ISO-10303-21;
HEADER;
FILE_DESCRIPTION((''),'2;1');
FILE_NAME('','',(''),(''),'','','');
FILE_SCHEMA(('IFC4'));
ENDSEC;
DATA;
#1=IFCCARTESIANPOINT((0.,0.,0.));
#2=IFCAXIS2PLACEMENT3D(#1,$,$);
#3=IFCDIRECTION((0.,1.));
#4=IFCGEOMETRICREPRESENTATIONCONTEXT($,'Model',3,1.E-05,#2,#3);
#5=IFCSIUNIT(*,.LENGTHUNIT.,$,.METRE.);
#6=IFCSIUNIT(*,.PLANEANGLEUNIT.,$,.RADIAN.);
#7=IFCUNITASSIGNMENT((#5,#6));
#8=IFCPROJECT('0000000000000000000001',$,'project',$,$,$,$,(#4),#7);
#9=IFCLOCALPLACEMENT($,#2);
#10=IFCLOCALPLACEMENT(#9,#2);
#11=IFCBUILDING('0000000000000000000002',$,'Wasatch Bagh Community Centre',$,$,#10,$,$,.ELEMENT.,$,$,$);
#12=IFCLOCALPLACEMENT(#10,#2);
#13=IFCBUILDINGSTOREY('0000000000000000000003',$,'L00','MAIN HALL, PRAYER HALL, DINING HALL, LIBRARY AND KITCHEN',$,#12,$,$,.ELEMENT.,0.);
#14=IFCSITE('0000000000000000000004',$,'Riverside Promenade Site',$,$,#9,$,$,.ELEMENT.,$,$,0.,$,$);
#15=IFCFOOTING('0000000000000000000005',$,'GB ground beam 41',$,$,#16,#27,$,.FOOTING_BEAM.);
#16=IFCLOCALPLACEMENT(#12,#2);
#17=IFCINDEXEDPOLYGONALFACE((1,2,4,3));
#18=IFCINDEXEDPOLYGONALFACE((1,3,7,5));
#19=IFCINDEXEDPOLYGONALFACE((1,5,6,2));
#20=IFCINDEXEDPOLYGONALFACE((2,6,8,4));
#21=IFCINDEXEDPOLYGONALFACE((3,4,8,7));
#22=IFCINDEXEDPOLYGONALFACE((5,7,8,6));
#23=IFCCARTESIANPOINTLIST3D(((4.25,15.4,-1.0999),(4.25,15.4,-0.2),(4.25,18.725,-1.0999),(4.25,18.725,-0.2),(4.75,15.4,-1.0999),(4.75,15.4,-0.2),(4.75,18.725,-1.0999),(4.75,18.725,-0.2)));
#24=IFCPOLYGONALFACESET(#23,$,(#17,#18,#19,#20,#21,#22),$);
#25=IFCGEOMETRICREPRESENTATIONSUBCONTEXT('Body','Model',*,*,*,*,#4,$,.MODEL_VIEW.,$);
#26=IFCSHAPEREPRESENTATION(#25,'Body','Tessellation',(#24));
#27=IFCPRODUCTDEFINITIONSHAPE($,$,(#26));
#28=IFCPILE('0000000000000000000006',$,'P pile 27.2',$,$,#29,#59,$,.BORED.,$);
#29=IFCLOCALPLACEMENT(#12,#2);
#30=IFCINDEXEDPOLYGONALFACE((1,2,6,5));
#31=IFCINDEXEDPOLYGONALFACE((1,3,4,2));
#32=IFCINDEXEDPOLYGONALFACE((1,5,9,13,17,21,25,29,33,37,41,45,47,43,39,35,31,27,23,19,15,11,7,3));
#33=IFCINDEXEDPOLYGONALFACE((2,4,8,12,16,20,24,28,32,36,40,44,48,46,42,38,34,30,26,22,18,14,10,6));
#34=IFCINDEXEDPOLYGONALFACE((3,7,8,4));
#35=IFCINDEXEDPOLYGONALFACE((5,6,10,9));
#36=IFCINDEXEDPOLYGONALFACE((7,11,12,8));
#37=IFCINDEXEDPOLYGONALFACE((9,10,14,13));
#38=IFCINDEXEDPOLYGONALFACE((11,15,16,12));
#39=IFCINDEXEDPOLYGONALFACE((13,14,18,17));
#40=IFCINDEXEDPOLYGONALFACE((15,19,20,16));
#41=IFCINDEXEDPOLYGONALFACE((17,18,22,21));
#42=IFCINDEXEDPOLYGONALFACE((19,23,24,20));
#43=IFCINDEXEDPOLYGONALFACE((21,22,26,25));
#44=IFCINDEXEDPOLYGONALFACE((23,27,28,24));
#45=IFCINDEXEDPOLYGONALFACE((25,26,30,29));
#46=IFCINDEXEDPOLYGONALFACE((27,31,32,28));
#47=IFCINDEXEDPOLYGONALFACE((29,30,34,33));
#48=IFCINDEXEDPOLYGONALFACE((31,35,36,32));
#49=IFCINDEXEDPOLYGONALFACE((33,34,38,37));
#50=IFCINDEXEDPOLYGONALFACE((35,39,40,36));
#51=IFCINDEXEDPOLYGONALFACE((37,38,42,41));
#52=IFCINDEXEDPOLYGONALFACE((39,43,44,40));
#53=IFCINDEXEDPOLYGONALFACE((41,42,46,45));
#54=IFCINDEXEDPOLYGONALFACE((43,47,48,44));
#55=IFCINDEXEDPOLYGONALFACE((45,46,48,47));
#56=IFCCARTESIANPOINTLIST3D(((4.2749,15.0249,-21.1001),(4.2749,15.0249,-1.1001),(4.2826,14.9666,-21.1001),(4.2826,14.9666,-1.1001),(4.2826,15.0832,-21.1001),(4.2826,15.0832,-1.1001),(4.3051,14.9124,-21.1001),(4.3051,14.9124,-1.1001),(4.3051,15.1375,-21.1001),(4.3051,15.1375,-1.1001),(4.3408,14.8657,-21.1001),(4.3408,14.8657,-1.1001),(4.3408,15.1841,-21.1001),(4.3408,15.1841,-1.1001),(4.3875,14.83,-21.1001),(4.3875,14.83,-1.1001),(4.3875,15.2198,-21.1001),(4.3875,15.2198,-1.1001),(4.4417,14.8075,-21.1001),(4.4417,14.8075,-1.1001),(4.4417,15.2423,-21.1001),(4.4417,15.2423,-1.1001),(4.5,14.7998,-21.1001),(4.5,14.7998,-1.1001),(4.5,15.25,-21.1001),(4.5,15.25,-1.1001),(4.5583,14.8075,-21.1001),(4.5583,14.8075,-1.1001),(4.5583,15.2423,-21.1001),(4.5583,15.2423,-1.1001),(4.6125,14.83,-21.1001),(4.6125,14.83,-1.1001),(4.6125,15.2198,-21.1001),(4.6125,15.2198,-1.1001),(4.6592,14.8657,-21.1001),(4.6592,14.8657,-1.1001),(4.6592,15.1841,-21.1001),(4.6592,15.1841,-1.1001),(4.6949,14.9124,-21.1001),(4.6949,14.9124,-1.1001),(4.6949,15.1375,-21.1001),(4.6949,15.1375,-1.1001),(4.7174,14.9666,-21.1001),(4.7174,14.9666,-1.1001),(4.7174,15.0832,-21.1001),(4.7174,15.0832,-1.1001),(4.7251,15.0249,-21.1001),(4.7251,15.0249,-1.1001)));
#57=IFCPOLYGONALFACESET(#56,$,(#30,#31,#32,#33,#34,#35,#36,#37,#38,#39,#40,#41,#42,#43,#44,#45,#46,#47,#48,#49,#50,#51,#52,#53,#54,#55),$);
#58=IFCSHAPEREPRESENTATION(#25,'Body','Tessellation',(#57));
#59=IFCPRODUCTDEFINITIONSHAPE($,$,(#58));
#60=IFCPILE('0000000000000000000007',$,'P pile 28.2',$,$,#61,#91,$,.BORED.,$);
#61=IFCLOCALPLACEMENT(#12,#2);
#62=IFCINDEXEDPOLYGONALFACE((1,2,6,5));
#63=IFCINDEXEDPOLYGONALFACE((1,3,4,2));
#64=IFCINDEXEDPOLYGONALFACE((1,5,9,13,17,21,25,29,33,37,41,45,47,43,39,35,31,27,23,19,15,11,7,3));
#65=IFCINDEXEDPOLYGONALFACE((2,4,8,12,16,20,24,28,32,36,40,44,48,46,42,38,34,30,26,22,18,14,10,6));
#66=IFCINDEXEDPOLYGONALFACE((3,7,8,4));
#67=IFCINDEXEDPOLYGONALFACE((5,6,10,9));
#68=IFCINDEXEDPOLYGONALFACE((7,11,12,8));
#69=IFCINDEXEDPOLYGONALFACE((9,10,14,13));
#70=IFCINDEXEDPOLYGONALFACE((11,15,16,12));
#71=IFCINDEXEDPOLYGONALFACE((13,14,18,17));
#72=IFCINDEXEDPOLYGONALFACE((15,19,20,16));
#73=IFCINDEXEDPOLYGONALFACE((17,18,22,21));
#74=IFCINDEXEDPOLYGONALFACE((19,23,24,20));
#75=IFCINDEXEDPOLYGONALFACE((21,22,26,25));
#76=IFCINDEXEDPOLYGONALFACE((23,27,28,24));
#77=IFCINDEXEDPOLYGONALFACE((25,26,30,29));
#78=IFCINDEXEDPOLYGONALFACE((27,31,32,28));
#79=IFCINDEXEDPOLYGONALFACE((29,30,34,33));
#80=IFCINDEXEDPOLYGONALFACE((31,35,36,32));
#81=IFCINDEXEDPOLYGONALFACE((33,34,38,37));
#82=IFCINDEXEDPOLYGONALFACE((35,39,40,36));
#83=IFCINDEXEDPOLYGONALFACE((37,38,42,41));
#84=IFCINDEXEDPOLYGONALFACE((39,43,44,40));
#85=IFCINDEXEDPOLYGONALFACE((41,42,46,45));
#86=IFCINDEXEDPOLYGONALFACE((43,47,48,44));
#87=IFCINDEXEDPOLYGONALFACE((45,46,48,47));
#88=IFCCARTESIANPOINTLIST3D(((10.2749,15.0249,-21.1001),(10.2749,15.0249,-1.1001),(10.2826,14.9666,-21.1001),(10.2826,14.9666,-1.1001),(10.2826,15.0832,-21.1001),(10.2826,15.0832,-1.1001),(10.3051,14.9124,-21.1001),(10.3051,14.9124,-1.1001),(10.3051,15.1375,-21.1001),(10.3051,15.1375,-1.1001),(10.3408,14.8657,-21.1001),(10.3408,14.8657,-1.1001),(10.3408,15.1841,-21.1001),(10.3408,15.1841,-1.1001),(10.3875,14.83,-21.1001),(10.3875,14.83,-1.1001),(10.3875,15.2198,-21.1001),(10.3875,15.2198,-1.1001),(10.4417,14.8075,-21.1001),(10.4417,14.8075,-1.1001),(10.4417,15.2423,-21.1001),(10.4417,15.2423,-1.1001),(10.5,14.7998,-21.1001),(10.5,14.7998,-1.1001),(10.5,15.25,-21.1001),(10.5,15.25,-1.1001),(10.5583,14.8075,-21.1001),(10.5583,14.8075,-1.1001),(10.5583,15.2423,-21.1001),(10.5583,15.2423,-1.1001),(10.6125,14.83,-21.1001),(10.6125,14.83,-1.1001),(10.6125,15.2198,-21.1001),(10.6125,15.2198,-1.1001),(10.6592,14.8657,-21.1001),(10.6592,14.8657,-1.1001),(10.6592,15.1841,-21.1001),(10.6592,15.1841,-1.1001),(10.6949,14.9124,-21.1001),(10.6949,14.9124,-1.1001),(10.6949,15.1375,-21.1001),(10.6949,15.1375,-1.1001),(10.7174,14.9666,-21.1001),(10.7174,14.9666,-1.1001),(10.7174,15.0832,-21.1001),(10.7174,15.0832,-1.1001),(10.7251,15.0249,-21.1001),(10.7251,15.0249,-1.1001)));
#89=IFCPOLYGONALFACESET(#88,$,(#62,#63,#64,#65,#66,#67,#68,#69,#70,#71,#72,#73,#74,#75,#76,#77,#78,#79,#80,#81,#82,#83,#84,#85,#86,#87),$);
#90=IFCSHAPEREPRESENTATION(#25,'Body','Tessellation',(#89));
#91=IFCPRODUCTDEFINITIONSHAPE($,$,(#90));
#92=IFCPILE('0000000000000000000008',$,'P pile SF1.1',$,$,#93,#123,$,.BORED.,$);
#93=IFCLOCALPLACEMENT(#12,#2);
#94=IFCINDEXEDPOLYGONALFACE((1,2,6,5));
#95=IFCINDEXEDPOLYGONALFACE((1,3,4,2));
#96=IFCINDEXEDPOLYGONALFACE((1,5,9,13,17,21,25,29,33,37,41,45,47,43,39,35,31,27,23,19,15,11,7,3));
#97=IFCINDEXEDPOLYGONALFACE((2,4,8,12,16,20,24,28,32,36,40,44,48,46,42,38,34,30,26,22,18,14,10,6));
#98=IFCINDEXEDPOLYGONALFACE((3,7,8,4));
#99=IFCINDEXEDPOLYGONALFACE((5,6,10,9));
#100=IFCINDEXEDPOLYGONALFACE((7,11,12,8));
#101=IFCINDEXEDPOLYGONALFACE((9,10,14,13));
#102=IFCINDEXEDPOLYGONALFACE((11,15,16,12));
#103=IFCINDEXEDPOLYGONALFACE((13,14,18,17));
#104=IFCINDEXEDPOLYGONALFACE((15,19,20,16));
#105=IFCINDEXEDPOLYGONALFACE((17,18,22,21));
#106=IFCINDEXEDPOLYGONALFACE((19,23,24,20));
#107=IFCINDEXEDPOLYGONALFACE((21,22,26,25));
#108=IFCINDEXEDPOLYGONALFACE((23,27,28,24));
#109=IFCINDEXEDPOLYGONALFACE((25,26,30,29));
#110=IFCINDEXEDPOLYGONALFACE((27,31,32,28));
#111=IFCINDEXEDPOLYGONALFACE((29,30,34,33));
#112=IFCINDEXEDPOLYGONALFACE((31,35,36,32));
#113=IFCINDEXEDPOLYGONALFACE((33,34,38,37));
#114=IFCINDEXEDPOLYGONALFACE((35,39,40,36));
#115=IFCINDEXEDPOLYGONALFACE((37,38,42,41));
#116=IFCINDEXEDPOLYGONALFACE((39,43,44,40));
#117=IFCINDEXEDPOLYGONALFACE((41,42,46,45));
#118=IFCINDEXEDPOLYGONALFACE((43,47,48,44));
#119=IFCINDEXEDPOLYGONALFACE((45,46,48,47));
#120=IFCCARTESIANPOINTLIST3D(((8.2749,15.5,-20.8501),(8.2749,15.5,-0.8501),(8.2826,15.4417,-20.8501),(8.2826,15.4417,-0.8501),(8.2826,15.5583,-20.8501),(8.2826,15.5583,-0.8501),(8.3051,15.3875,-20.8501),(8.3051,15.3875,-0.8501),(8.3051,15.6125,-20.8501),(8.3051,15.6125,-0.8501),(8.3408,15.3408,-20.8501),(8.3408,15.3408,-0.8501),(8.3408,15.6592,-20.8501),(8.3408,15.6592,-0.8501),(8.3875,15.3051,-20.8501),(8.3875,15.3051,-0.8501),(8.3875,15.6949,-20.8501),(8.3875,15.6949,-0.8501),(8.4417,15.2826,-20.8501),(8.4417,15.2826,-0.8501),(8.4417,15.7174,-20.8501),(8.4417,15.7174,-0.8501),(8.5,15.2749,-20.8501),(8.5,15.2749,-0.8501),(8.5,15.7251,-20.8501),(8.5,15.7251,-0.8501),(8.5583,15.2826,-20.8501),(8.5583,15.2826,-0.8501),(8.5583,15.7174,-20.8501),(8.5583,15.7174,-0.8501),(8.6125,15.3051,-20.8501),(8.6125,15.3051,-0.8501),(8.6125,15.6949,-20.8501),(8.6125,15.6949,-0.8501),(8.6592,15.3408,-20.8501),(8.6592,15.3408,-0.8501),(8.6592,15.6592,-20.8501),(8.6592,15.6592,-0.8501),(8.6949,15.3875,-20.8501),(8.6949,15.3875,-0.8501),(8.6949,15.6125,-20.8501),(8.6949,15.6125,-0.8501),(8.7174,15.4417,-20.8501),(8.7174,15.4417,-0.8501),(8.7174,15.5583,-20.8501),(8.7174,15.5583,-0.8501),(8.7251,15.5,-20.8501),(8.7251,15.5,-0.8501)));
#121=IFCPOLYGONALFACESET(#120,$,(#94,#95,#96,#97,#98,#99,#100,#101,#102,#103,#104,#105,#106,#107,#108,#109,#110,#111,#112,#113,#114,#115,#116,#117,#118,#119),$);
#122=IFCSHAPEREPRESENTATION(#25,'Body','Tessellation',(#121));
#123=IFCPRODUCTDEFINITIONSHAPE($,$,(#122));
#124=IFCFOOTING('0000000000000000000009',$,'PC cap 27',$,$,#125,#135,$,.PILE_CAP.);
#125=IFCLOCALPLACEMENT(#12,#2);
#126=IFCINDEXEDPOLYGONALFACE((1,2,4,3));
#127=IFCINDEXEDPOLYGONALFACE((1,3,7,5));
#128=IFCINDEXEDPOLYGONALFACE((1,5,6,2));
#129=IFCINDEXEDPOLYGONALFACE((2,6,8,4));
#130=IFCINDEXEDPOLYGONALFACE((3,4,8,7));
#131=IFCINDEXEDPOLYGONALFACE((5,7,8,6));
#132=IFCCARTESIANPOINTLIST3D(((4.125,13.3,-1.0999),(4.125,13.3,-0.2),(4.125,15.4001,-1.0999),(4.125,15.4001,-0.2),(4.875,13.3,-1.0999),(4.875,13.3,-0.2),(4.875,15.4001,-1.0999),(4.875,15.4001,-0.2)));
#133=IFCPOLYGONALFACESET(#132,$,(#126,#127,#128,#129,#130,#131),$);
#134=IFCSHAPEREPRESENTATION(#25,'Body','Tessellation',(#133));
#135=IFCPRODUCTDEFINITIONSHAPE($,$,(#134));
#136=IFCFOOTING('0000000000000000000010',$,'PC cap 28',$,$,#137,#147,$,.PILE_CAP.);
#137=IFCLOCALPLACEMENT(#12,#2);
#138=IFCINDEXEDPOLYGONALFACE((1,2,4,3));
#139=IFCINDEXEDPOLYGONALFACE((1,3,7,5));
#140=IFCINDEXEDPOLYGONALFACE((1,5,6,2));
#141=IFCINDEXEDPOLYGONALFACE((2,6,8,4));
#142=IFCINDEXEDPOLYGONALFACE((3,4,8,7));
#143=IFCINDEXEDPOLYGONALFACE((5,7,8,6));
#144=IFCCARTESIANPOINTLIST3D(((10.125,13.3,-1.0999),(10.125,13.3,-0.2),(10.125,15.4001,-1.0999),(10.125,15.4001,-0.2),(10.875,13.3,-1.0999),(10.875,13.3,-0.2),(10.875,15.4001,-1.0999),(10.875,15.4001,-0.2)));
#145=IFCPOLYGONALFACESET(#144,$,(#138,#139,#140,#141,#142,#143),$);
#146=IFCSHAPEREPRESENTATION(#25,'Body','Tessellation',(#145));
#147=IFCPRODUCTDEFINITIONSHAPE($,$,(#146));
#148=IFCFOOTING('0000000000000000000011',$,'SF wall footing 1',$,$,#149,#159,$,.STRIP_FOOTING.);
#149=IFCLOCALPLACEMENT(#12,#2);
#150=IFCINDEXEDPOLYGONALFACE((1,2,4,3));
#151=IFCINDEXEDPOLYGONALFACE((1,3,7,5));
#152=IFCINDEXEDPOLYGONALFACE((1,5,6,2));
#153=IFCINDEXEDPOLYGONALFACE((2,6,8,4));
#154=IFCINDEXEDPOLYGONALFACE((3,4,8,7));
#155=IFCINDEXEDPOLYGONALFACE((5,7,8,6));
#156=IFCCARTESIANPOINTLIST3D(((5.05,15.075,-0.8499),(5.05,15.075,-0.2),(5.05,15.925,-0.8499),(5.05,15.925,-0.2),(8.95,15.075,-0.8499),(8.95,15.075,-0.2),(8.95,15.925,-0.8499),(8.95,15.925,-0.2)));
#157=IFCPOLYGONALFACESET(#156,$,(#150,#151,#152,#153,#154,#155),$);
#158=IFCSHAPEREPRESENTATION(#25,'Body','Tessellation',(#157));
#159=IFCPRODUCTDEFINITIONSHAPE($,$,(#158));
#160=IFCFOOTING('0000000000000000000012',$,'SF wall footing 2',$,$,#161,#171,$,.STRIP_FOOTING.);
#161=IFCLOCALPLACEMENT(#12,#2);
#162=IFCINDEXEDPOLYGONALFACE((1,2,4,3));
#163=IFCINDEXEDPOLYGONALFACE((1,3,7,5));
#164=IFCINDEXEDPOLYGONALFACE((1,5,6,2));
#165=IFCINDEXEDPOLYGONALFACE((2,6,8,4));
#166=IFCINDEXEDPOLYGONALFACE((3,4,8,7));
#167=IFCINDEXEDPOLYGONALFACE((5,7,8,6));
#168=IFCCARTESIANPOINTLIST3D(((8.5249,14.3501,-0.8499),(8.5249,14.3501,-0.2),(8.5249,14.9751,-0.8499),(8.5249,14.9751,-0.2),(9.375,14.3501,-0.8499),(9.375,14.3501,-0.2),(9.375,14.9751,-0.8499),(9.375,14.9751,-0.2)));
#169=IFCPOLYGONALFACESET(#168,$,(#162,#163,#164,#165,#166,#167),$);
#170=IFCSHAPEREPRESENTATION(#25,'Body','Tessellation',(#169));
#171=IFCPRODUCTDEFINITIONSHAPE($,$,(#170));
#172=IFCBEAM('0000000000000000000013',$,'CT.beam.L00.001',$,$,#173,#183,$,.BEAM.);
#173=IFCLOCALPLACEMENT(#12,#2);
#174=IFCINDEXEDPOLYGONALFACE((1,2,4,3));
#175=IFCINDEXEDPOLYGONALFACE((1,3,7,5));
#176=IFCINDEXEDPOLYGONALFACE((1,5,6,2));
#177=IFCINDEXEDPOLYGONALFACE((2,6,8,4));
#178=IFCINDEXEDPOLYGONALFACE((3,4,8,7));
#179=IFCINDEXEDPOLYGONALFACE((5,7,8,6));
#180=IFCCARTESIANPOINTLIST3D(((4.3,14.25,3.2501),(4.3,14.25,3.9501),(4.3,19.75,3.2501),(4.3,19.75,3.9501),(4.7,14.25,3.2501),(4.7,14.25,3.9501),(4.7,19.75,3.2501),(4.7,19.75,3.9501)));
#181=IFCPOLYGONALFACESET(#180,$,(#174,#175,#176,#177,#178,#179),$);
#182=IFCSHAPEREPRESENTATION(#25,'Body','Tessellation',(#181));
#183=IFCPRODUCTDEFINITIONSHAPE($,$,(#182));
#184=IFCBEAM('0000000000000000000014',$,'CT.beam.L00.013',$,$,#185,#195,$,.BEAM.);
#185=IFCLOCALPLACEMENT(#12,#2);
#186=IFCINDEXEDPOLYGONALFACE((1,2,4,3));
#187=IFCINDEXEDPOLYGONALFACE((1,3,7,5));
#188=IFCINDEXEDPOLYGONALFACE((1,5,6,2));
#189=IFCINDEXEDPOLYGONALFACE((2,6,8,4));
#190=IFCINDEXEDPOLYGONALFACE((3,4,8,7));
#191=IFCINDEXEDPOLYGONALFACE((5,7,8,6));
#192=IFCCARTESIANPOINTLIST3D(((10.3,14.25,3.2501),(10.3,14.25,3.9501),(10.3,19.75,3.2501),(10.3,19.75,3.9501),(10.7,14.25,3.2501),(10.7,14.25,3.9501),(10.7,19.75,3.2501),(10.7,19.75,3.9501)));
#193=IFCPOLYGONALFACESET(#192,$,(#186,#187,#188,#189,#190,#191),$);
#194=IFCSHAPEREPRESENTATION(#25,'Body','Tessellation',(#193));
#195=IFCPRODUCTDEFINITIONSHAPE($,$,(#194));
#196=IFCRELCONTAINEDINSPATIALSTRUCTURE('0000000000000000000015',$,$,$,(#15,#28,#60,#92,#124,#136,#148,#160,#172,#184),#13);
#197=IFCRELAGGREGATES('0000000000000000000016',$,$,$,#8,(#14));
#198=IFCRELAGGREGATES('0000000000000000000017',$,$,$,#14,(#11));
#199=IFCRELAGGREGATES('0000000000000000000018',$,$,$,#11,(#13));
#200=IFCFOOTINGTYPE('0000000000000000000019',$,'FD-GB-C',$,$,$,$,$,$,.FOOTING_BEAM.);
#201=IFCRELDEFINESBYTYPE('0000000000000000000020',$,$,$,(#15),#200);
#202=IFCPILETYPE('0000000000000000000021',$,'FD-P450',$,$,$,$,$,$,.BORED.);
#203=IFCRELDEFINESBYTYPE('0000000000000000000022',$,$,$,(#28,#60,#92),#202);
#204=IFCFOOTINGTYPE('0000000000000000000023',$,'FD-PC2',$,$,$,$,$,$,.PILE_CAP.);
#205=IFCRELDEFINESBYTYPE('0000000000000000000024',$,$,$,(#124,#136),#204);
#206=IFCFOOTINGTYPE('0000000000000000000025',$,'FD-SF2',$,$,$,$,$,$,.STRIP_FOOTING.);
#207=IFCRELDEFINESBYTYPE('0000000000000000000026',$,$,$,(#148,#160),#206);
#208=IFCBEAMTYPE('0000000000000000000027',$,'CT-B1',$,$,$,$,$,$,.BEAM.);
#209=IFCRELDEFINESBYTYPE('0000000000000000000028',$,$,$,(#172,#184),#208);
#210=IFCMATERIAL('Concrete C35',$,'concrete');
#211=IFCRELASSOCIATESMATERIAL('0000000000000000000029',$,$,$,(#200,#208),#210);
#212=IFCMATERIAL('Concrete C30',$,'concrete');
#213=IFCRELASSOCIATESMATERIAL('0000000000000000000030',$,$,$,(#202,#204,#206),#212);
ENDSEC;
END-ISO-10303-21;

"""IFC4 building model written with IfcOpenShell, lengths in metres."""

from ifc_helpers import new_model, si_unit, direction, frame, origin, origin_2d, place, context, subcontext, project, spatial, rectangle, circle, extrude, material, material_profile, profile_set, type_object, element, save


model = new_model("IFC4")

# Units and contexts
model_context = context("Model", 3, precision=1e-05, world=origin(), true_north=direction((0.0, 1.0)))
body_context = subcontext(model_context, "Body", "Model", "MODEL_VIEW")
ifc_project = project(units=[si_unit("LENGTHUNIT", "METRE"), si_unit("PLANEANGLEUNIT", "RADIAN")], contexts=[model_context])

# Site, building, storey
site_placement = place(None, origin())
site = spatial("IfcSite", under=ifc_project, at=site_placement, Name="Riverside Promenade Site", CompositionType="ELEMENT", RefElevation=0.0)
building_placement = place(site_placement, origin())
building = spatial("IfcBuilding", under=site, at=building_placement, Name="Wasatch Bagh Community Centre", CompositionType="ELEMENT")
storey_placement = place(building_placement, origin())
storey = spatial("IfcBuildingStorey", under=building, at=storey_placement, Name="L00", Description="MAIN HALL, PRAYER HALL, DINING HALL, LIBRARY AND KITCHEN", CompositionType="ELEMENT", Elevation=0.0)

# Footing
ifc_material_1 = material(Name="Concrete C35", Category="concrete")
footing_type_1 = type_object("IfcFootingType", Name="FD-GB-C", PredefinedType="FOOTING_BEAM", material=ifc_material_1)
footing_1_placement = place(storey_placement, frame((4.5, 17.0625, -1.0999), z_axis=(0.0, 0.0, 1.0), x_axis=(0.0, 1.0, 0.0)))
element("IfcFooting", 1, at=footing_1_placement, inside=storey, type_object=footing_type_1, Name="GB ground beam 41", PredefinedType="FOOTING_BEAM", context=body_context, shape_type="SweptSolid", body=[
    extrude(rectangle(XDim=3.325, YDim=0.5, at=origin_2d()), origin(), (0.0, 0.0, 1.0), 0.8999),
])

# Piles
ifc_material_2 = material(Name="Concrete C30", Category="concrete")
ifc_material_profile_1 = material_profile(ifc_material_2, circle(Radius=0.2251, at=origin_2d()), Name="RC D450")
ifc_profile_set_1 = profile_set([ifc_material_profile_1], Name="Concrete C30")
pile_type = type_object("IfcPileType", Name="FD-P450", PredefinedType="BORED", material=ifc_profile_set_1)
for number, where, z_axis, x_axis, name in (
    (2, (4.5, 15.0249, -1.1001), (0.0, 0.0, -1.0), (1.0, 0.0, 0.0), "P pile 27.2"),
    (3, (10.5, 15.0249, -1.1001), (0.0, 0.0, -1.0), (1.0, 0.0, 0.0), "P pile 28.2"),
    (4, (8.5, 15.5, -0.8501), (0.0, 0.0, -1.0), (1.0, 0.0, 0.0), "P pile SF1.1"),
):
    element("IfcPile", number, at=place(storey_placement, frame(where, z_axis=z_axis, x_axis=x_axis)), inside=storey, type_object=pile_type, Name=name, PredefinedType="BORED", context=body_context, shape_type="SweptSolid", body=[
        extrude(circle(Radius=0.2251, at=origin_2d()), origin(), (0.0, 0.0, 1.0), 20.0),
    ])

# Footings
footing_type_2 = type_object("IfcFootingType", Name="FD-PC2", PredefinedType="PILE_CAP", material=ifc_material_2)
for number, where, z_axis, x_axis, name in (
    (5, (4.5, 14.3501, -1.0999), (0.0, 0.0, 1.0), (0.0, 1.0, 0.0), "PC cap 27"),
    (6, (10.5, 14.3501, -1.0999), (0.0, 0.0, 1.0), (0.0, 1.0, 0.0), "PC cap 28"),
):
    element("IfcFooting", number, at=place(storey_placement, frame(where, z_axis=z_axis, x_axis=x_axis)), inside=storey, type_object=footing_type_2, Name=name, PredefinedType="PILE_CAP", context=body_context, shape_type="SweptSolid", body=[
        extrude(rectangle(XDim=2.1001, YDim=0.75, at=origin_2d()), origin(), (0.0, 0.0, 1.0), 0.8999),
    ])
footing_type_3 = type_object("IfcFootingType", Name="FD-SF2", PredefinedType="STRIP_FOOTING", material=ifc_material_2)
footing_2_placement = place(storey_placement, frame((7.0, 15.5, -0.8499), z_axis=(0.0, 0.0, 1.0), x_axis=(1.0, 0.0, 0.0)))
element("IfcFooting", 7, at=footing_2_placement, inside=storey, type_object=footing_type_3, Name="SF wall footing 1", PredefinedType="STRIP_FOOTING", context=body_context, shape_type="SweptSolid", body=[
    extrude(rectangle(XDim=3.8999, YDim=0.8501, at=origin_2d()), origin(), (0.0, 0.0, 1.0), 0.6499),
])
footing_3_placement = place(storey_placement, frame((8.95, 14.6626, -0.8499), z_axis=(0.0, 0.0, 1.0), x_axis=(0.0, 1.0, 0.0)))
element("IfcFooting", 8, at=footing_3_placement, inside=storey, type_object=footing_type_3, Name="SF wall footing 2", PredefinedType="STRIP_FOOTING", context=body_context, shape_type="SweptSolid", body=[
    extrude(rectangle(XDim=0.625, YDim=0.8501, at=origin_2d()), origin(), (0.0, 0.0, 1.0), 0.6499),
])

# Beams
ifc_material_profile_2 = material_profile(ifc_material_1, rectangle(XDim=0.3999, YDim=0.7, at=origin_2d()), Name="RC 400x700")
ifc_profile_set_2 = profile_set([ifc_material_profile_2], Name="Concrete C35")
beam_type = type_object("IfcBeamType", Name="CT-B1", PredefinedType="BEAM", material=ifc_profile_set_2)
for number, where, z_axis, x_axis, name in (
    (9, (4.5, 14.25, 3.6001), (0.0, 1.0, 0.0), (-1.0, 0.0, 0.0), "CT.beam.L00.001"),
    (10, (10.5, 14.25, 3.6001), (0.0, 1.0, 0.0), (-1.0, 0.0, 0.0), "CT.beam.L00.013"),
):
    element("IfcBeam", number, at=place(storey_placement, frame(where, z_axis=z_axis, x_axis=x_axis)), inside=storey, type_object=beam_type, Name=name, PredefinedType="BEAM", context=body_context, shape_type="SweptSolid", body=[
        extrude(rectangle(XDim=0.3999, YDim=0.7, at=origin_2d()), origin(), (0.0, 0.0, 1.0), 5.5),
    ])

save(model, "model.ifc")
